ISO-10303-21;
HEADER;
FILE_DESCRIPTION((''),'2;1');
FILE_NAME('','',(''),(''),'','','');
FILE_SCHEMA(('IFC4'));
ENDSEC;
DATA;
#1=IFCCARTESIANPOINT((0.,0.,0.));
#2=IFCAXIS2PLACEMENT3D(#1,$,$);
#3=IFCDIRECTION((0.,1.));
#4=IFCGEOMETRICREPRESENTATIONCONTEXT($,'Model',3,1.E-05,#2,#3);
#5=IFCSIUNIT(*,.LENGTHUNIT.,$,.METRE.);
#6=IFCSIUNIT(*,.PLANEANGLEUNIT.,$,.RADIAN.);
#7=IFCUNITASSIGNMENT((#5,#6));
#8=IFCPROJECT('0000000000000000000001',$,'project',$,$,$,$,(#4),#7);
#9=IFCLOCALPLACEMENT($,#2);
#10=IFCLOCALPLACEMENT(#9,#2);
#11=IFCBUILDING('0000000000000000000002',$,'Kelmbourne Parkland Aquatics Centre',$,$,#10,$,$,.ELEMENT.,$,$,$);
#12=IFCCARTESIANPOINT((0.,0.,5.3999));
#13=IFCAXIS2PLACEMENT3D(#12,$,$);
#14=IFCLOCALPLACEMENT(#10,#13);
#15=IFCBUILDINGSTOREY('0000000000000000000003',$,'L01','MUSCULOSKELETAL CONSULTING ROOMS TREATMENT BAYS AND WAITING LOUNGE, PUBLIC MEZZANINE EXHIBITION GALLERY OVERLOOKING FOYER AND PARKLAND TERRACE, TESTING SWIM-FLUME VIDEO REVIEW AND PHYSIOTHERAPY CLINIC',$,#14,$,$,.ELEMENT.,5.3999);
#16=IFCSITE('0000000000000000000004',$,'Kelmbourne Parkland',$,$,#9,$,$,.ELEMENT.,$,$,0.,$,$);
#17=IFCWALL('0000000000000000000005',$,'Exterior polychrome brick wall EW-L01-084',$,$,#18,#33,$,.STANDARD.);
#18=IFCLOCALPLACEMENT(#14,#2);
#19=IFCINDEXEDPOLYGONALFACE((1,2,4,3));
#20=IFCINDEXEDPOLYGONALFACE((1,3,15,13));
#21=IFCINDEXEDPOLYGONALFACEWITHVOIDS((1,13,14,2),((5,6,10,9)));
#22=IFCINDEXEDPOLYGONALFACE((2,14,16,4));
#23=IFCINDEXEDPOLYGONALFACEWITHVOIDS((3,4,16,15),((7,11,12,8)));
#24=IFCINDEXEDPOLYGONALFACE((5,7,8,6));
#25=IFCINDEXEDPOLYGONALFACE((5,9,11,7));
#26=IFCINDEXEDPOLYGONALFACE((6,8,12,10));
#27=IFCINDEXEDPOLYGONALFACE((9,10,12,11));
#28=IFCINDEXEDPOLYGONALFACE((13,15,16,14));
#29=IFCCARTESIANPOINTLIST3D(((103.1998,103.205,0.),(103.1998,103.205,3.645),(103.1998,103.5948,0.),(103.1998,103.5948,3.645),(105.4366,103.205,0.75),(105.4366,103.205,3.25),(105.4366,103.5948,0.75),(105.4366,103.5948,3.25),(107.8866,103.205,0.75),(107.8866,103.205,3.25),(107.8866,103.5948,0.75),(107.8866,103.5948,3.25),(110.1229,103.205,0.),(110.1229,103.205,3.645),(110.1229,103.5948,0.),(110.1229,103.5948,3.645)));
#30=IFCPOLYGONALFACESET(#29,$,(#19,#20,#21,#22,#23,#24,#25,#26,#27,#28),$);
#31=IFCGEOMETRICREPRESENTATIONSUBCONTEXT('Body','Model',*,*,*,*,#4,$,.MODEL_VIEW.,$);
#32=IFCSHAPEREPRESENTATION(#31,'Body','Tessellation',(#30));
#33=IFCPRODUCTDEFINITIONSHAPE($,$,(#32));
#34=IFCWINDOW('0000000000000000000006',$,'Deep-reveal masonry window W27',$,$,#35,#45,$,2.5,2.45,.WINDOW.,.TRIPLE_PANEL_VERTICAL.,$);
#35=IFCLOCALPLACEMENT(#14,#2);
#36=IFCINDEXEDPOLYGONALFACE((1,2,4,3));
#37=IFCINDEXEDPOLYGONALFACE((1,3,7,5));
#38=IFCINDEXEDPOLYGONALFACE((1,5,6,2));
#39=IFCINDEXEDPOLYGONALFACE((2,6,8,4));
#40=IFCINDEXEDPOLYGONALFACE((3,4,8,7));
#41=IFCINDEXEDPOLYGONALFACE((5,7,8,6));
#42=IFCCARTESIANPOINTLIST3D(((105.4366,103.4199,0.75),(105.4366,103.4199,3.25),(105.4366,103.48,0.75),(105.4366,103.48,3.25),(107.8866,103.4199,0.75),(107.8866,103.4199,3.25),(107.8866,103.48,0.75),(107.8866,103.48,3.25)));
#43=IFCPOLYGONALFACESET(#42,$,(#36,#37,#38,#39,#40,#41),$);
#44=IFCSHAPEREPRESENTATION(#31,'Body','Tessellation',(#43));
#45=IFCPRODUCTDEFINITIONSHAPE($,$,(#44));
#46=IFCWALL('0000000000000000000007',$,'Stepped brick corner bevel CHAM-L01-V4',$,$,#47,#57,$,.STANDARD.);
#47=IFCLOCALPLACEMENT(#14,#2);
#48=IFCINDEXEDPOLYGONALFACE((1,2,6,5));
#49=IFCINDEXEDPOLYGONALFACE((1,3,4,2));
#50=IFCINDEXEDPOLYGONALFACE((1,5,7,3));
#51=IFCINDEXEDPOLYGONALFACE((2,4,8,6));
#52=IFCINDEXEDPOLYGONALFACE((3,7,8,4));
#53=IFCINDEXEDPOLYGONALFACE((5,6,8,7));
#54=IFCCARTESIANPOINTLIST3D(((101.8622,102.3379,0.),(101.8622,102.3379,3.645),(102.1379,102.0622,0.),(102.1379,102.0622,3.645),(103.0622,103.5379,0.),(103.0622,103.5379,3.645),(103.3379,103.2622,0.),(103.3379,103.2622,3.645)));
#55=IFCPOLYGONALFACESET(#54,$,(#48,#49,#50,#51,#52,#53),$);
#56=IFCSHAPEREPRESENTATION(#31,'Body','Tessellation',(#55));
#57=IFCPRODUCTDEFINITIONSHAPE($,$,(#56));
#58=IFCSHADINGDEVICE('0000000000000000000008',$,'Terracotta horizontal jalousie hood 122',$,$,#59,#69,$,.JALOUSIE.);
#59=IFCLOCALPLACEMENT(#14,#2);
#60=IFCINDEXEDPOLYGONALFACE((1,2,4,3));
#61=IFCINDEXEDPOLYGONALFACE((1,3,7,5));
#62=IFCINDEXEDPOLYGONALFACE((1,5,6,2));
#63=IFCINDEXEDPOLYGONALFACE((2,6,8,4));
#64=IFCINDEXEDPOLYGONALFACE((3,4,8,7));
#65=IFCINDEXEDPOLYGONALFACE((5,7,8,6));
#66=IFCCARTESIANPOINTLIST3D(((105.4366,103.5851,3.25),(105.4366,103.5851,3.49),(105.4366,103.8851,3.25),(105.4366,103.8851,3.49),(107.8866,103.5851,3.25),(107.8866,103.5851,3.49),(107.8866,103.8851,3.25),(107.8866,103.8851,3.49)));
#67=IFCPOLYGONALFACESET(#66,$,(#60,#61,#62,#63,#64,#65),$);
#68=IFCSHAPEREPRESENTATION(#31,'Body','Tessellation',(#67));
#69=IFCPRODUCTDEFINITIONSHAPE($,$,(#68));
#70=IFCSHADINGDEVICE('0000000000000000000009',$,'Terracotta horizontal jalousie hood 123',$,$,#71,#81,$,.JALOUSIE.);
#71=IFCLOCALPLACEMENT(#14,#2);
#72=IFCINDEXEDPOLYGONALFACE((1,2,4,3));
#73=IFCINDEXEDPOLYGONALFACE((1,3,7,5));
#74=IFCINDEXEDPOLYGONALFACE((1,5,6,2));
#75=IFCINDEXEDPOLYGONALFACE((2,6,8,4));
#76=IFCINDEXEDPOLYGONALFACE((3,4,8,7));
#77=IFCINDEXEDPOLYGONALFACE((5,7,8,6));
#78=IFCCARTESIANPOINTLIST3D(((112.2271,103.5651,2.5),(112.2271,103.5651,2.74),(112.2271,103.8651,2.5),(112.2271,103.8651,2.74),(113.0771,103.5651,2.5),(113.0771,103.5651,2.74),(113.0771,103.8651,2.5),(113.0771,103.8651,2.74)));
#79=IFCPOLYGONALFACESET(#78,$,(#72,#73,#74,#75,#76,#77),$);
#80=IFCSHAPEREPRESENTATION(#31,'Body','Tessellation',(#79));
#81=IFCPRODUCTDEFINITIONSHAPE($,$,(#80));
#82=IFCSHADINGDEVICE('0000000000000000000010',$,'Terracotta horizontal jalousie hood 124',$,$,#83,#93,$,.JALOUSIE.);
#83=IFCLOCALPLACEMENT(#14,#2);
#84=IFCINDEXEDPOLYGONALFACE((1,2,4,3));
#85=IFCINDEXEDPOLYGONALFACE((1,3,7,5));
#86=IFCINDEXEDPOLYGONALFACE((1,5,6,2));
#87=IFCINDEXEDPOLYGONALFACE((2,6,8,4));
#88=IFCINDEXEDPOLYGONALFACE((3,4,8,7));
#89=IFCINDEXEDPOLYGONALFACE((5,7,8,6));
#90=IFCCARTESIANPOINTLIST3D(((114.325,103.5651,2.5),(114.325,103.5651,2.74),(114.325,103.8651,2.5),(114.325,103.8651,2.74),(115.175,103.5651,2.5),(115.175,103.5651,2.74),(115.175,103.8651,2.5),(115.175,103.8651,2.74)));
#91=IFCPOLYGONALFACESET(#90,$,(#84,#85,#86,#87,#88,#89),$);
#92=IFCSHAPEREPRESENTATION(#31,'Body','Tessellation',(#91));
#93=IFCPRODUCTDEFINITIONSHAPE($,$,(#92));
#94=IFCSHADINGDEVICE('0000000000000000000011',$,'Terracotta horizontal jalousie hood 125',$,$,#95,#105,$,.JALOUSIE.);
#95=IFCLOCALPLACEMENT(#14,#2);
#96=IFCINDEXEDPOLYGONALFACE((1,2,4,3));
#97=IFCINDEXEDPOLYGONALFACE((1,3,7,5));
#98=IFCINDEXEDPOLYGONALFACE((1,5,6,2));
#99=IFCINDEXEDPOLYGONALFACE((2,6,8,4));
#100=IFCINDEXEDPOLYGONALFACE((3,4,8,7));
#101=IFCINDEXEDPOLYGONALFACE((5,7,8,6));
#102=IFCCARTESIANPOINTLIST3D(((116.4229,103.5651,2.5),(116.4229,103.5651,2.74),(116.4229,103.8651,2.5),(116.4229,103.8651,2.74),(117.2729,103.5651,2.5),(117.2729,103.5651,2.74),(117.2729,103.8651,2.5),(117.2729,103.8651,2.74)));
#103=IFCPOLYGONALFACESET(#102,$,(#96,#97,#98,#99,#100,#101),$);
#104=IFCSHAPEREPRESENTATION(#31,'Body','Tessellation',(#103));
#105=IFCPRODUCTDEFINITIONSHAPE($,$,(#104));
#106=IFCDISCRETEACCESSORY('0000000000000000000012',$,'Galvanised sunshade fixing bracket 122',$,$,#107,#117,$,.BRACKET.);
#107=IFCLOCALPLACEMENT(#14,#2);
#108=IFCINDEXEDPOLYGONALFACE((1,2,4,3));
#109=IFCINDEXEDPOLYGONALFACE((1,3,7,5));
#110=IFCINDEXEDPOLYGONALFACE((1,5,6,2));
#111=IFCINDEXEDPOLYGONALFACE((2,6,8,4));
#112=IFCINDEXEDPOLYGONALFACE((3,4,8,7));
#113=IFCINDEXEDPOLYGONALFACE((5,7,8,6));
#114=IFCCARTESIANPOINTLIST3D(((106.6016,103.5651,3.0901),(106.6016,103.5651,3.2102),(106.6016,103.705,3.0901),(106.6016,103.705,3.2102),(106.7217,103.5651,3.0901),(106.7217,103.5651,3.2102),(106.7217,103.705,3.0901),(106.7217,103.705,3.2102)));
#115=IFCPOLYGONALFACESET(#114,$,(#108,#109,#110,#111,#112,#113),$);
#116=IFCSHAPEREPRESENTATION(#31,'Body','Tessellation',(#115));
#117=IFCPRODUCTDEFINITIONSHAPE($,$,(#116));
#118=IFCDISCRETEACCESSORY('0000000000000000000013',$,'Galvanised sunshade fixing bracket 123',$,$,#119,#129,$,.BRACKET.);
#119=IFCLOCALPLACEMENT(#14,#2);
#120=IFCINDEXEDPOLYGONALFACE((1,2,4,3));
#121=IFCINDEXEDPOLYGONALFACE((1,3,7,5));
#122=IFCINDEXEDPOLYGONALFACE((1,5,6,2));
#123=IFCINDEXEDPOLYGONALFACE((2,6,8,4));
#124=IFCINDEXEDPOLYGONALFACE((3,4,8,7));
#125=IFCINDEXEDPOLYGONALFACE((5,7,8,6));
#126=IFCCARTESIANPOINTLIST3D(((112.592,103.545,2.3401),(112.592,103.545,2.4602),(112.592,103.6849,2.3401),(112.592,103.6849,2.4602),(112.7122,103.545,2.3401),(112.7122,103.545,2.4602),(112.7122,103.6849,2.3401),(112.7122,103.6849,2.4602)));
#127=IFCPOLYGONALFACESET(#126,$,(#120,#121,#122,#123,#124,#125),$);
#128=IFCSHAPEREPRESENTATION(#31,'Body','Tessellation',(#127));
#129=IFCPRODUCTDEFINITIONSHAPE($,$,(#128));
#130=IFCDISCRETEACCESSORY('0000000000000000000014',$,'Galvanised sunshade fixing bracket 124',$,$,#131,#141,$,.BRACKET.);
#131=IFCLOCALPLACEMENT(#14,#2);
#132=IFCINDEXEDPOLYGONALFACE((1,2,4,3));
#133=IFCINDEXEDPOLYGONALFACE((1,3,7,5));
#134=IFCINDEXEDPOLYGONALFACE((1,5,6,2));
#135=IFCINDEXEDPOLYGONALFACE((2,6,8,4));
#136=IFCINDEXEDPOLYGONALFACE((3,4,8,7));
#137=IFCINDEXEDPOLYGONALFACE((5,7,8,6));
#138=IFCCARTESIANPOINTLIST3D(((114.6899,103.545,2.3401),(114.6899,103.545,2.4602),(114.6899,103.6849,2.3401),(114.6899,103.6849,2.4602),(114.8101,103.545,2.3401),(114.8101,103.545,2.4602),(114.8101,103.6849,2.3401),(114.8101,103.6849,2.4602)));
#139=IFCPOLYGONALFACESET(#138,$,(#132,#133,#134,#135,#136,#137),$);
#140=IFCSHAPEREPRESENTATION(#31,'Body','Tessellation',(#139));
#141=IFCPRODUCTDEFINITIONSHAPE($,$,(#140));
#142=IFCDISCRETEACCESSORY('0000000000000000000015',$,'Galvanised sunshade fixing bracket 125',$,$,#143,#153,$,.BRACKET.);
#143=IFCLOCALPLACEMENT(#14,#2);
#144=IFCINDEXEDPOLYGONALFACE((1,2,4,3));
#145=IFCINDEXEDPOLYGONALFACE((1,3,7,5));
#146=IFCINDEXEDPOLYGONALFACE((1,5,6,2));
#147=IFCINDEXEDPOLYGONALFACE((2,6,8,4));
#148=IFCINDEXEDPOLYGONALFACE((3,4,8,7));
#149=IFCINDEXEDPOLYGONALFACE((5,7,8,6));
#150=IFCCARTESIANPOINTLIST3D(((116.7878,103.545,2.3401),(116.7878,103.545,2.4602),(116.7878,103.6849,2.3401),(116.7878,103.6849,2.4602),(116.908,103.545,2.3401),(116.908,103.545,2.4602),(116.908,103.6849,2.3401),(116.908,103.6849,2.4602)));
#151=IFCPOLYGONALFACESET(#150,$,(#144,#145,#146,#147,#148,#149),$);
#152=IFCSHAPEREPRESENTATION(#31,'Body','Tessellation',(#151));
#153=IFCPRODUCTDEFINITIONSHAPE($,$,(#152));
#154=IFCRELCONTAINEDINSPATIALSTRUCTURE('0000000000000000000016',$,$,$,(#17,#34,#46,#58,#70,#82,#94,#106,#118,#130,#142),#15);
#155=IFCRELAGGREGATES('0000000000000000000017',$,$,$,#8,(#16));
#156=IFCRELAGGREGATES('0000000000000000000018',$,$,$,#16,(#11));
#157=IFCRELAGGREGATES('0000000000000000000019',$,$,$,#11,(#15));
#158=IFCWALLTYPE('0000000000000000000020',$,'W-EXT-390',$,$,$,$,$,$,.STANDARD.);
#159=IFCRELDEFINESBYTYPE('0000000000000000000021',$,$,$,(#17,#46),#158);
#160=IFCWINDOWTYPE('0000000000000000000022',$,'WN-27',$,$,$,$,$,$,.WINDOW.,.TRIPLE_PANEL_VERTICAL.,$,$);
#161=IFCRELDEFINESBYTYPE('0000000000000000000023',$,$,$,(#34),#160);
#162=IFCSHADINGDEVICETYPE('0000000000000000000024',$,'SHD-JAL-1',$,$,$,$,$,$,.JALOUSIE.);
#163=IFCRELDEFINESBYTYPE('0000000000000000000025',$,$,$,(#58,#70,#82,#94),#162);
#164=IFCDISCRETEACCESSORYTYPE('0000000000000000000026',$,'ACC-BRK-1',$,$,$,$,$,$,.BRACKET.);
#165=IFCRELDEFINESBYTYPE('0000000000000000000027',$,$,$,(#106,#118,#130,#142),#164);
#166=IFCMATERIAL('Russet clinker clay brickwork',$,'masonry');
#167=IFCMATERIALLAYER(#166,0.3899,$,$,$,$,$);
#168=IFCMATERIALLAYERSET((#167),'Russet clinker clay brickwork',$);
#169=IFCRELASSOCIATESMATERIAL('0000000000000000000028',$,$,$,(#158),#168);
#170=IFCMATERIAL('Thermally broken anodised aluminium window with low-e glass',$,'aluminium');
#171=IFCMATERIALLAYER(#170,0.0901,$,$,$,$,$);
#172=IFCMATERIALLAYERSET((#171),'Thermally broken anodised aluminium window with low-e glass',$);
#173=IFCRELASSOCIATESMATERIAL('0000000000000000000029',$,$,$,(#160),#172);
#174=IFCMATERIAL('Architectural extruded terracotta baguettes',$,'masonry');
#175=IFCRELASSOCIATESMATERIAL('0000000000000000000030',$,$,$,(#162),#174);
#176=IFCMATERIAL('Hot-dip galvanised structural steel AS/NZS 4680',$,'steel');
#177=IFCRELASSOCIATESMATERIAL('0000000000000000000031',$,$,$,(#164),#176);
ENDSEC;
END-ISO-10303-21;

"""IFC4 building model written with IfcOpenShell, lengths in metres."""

from ifc_helpers import new_model, si_unit, direction, frame, frame_2d, origin, origin_2d, place, context, subcontext, project, spatial, rectangle, extrude, material, layer, layer_set, type_object, element, fill, save


model = new_model("IFC4")

# Units and contexts
model_context = context("Model", 3, precision=1e-05, world=origin(), true_north=direction((0.0, 1.0)))
body_context = subcontext(model_context, "Body", "Model", "MODEL_VIEW")
ifc_project = project(units=[si_unit("LENGTHUNIT", "METRE"), si_unit("PLANEANGLEUNIT", "RADIAN")], contexts=[model_context])

# Site, building, storey
site_placement = place(None, origin())
site = spatial("IfcSite", under=ifc_project, at=site_placement, Name="Kelmbourne Parkland", CompositionType="ELEMENT", RefElevation=0.0)
building_placement = place(site_placement, origin())
building = spatial("IfcBuilding", under=site, at=building_placement, Name="Kelmbourne Parkland Aquatics Centre", CompositionType="ELEMENT")
storey_placement = place(building_placement, frame((0.0, 0.0, 5.3999)))
storey = spatial("IfcBuildingStorey", under=building, at=storey_placement, Name="L01", Description="MUSCULOSKELETAL CONSULTING ROOMS TREATMENT BAYS AND WAITING LOUNGE, PUBLIC MEZZANINE EXHIBITION GALLERY OVERLOOKING FOYER AND PARKLAND TERRACE, TESTING SWIM-FLUME VIDEO REVIEW AND PHYSIOTHERAPY CLINIC", CompositionType="ELEMENT", Elevation=5.3999)

# Shared definitions
ifc_material_1 = material(Name="Thermally broken anodised aluminium window with low-e glass", Category="aluminium")

# Wall, opening, window
ifc_material_2 = material(Name="Russet clinker clay brickwork", Category="masonry")
ifc_layer_1 = layer(ifc_material_2, 0.3899)
ifc_layer_set_1 = layer_set([ifc_layer_1], Name="Russet clinker clay brickwork")
wall_type_1 = type_object("IfcWallType", Name="W-EXT-390", PredefinedType="STANDARD", material=ifc_layer_set_1)
wall_1_placement = place(storey_placement, frame((103.2, 103.3999, 0.0), z_axis=(0.0, 0.0, 1.0), x_axis=(1.0, 0.0, 0.0)))
wall_1 = element("IfcWall", 1, at=wall_1_placement, inside=storey, type_object=wall_type_1, Name="Exterior polychrome brick wall EW-L01-084", PredefinedType="STANDARD", context=body_context, shape_type="SweptSolid", body=[
    extrude(rectangle(XDim=6.9231, YDim=0.3899, at=frame_2d((3.4614, 0.0))), origin(), (0.0, 0.0, 1.0), 3.645),
])
opening_1_placement = place(wall_1_placement, frame((2.2366, 0.0, 0.75)))
opening_1 = element("IfcOpeningElement", 2, at=opening_1_placement, cuts=wall_1, PredefinedType="OPENING", context=body_context, shape_type="SweptSolid", body=[
    extrude(rectangle(XDim=2.45, YDim=2.5, at=frame_2d((1.2251, 1.25))), frame((0.0, 0.207, 0.0), z_axis=(0.0, -1.0, 0.0), x_axis=(1.0, 0.0, 0.0)), (0.0, 0.0, 1.0), 0.4138),
])
ifc_layer_2 = layer(ifc_material_1, 0.0901)
ifc_layer_set_2 = layer_set([ifc_layer_2], Name="Thermally broken anodised aluminium window with low-e glass")
window_type_1 = type_object("IfcWindowType", Name="WN-27", PartitioningType="TRIPLE_PANEL_VERTICAL", PredefinedType="WINDOW", material=ifc_layer_set_2)
window_1_placement = place(opening_1_placement, origin())
window_1 = element("IfcWindow", 3, at=window_1_placement, inside=storey, type_object=window_type_1, Name="Deep-reveal masonry window W27", OverallHeight=2.5, OverallWidth=2.45, PartitioningType="TRIPLE_PANEL_VERTICAL", PredefinedType="WINDOW", context=body_context, shape_type="SweptSolid", body=[
    extrude(rectangle(XDim=2.45, YDim=2.5, at=frame_2d((1.2251, 1.25))), frame((0.0, 0.0801, 0.0), z_axis=(0.0, -1.0, 0.0), x_axis=(1.0, 0.0, 0.0)), (0.0, 0.0, 1.0), 0.0601),
])
fill(opening_1, window_1)

# Wall
wall_2_placement = place(storey_placement, frame((102.0, 102.2, 0.0), z_axis=(0.0, 0.0, 1.0), x_axis=(0.707107, 0.707107, 0.0)))
element("IfcWall", 4, at=wall_2_placement, inside=storey, type_object=wall_type_1, Name="Stepped brick corner bevel CHAM-L01-V4", PredefinedType="STANDARD", context=body_context, shape_type="SweptSolid", body=[
    extrude(rectangle(XDim=1.697, YDim=0.3899, at=frame_2d((0.8486, 0.0))), origin(), (0.0, 0.0, 1.0), 3.645),
])

# Shading devices
ifc_material_3 = material(Name="Architectural extruded terracotta baguettes", Category="masonry")
shading_device_type = type_object("IfcShadingDeviceType", Name="SHD-JAL-1", PredefinedType="JALOUSIE", material=ifc_material_3)
shading_device_placement = place(storey_placement, frame((106.6616, 103.7351, 3.25), z_axis=(0.0, 0.0, 1.0), x_axis=(1.0, 0.0, 0.0)))
element("IfcShadingDevice", 5, at=shading_device_placement, inside=storey, type_object=shading_device_type, Name="Terracotta horizontal jalousie hood 122", PredefinedType="JALOUSIE", context=body_context, shape_type="SweptSolid", body=[
    extrude(rectangle(XDim=2.45, YDim=0.3, at=origin_2d()), origin(), (0.0, 0.0, 1.0), 0.24),
])
for number, where, z_axis, x_axis, name in (
    (6, (112.6521, 103.7151, 2.5), (0.0, 0.0, 1.0), (1.0, 0.0, 0.0), "Terracotta horizontal jalousie hood 123"),
    (7, (114.75, 103.7151, 2.5), (0.0, 0.0, 1.0), (1.0, 0.0, 0.0), "Terracotta horizontal jalousie hood 124"),
    (8, (116.8479, 103.7151, 2.5), (0.0, 0.0, 1.0), (1.0, 0.0, 0.0), "Terracotta horizontal jalousie hood 125"),
):
    element("IfcShadingDevice", number, at=place(storey_placement, frame(where, z_axis=z_axis, x_axis=x_axis)), inside=storey, type_object=shading_device_type, Name=name, PredefinedType="JALOUSIE", context=body_context, shape_type="SweptSolid", body=[
        extrude(rectangle(XDim=0.8501, YDim=0.3, at=origin_2d()), origin(), (0.0, 0.0, 1.0), 0.24),
    ])

# Discrete accessories
ifc_material_4 = material(Name="Hot-dip galvanised structural steel AS/NZS 4680", Category="steel")
discrete_accessory_type = type_object("IfcDiscreteAccessoryType", Name="ACC-BRK-1", PredefinedType="BRACKET", material=ifc_material_4)
for number, where, z_axis, x_axis, name in (
    (9, (106.6616, 103.635, 3.0901), (0.0, 0.0, 1.0), (1.0, 0.0, 0.0), "Galvanised sunshade fixing bracket 122"),
    (10, (112.6521, 103.615, 2.3401), (0.0, 0.0, 1.0), (1.0, 0.0, 0.0), "Galvanised sunshade fixing bracket 123"),
    (11, (114.75, 103.615, 2.3401), (0.0, 0.0, 1.0), (1.0, 0.0, 0.0), "Galvanised sunshade fixing bracket 124"),
    (12, (116.8479, 103.615, 2.3401), (0.0, 0.0, 1.0), (1.0, 0.0, 0.0), "Galvanised sunshade fixing bracket 125"),
):
    element("IfcDiscreteAccessory", number, at=place(storey_placement, frame(where, z_axis=z_axis, x_axis=x_axis)), inside=storey, type_object=discrete_accessory_type, Name=name, PredefinedType="BRACKET", context=body_context, shape_type="SweptSolid", body=[
        extrude(rectangle(XDim=0.1201, YDim=0.1399, at=origin_2d()), origin(), (0.0, 0.0, 1.0), 0.1201),
    ])

save(model, "model.ifc")
